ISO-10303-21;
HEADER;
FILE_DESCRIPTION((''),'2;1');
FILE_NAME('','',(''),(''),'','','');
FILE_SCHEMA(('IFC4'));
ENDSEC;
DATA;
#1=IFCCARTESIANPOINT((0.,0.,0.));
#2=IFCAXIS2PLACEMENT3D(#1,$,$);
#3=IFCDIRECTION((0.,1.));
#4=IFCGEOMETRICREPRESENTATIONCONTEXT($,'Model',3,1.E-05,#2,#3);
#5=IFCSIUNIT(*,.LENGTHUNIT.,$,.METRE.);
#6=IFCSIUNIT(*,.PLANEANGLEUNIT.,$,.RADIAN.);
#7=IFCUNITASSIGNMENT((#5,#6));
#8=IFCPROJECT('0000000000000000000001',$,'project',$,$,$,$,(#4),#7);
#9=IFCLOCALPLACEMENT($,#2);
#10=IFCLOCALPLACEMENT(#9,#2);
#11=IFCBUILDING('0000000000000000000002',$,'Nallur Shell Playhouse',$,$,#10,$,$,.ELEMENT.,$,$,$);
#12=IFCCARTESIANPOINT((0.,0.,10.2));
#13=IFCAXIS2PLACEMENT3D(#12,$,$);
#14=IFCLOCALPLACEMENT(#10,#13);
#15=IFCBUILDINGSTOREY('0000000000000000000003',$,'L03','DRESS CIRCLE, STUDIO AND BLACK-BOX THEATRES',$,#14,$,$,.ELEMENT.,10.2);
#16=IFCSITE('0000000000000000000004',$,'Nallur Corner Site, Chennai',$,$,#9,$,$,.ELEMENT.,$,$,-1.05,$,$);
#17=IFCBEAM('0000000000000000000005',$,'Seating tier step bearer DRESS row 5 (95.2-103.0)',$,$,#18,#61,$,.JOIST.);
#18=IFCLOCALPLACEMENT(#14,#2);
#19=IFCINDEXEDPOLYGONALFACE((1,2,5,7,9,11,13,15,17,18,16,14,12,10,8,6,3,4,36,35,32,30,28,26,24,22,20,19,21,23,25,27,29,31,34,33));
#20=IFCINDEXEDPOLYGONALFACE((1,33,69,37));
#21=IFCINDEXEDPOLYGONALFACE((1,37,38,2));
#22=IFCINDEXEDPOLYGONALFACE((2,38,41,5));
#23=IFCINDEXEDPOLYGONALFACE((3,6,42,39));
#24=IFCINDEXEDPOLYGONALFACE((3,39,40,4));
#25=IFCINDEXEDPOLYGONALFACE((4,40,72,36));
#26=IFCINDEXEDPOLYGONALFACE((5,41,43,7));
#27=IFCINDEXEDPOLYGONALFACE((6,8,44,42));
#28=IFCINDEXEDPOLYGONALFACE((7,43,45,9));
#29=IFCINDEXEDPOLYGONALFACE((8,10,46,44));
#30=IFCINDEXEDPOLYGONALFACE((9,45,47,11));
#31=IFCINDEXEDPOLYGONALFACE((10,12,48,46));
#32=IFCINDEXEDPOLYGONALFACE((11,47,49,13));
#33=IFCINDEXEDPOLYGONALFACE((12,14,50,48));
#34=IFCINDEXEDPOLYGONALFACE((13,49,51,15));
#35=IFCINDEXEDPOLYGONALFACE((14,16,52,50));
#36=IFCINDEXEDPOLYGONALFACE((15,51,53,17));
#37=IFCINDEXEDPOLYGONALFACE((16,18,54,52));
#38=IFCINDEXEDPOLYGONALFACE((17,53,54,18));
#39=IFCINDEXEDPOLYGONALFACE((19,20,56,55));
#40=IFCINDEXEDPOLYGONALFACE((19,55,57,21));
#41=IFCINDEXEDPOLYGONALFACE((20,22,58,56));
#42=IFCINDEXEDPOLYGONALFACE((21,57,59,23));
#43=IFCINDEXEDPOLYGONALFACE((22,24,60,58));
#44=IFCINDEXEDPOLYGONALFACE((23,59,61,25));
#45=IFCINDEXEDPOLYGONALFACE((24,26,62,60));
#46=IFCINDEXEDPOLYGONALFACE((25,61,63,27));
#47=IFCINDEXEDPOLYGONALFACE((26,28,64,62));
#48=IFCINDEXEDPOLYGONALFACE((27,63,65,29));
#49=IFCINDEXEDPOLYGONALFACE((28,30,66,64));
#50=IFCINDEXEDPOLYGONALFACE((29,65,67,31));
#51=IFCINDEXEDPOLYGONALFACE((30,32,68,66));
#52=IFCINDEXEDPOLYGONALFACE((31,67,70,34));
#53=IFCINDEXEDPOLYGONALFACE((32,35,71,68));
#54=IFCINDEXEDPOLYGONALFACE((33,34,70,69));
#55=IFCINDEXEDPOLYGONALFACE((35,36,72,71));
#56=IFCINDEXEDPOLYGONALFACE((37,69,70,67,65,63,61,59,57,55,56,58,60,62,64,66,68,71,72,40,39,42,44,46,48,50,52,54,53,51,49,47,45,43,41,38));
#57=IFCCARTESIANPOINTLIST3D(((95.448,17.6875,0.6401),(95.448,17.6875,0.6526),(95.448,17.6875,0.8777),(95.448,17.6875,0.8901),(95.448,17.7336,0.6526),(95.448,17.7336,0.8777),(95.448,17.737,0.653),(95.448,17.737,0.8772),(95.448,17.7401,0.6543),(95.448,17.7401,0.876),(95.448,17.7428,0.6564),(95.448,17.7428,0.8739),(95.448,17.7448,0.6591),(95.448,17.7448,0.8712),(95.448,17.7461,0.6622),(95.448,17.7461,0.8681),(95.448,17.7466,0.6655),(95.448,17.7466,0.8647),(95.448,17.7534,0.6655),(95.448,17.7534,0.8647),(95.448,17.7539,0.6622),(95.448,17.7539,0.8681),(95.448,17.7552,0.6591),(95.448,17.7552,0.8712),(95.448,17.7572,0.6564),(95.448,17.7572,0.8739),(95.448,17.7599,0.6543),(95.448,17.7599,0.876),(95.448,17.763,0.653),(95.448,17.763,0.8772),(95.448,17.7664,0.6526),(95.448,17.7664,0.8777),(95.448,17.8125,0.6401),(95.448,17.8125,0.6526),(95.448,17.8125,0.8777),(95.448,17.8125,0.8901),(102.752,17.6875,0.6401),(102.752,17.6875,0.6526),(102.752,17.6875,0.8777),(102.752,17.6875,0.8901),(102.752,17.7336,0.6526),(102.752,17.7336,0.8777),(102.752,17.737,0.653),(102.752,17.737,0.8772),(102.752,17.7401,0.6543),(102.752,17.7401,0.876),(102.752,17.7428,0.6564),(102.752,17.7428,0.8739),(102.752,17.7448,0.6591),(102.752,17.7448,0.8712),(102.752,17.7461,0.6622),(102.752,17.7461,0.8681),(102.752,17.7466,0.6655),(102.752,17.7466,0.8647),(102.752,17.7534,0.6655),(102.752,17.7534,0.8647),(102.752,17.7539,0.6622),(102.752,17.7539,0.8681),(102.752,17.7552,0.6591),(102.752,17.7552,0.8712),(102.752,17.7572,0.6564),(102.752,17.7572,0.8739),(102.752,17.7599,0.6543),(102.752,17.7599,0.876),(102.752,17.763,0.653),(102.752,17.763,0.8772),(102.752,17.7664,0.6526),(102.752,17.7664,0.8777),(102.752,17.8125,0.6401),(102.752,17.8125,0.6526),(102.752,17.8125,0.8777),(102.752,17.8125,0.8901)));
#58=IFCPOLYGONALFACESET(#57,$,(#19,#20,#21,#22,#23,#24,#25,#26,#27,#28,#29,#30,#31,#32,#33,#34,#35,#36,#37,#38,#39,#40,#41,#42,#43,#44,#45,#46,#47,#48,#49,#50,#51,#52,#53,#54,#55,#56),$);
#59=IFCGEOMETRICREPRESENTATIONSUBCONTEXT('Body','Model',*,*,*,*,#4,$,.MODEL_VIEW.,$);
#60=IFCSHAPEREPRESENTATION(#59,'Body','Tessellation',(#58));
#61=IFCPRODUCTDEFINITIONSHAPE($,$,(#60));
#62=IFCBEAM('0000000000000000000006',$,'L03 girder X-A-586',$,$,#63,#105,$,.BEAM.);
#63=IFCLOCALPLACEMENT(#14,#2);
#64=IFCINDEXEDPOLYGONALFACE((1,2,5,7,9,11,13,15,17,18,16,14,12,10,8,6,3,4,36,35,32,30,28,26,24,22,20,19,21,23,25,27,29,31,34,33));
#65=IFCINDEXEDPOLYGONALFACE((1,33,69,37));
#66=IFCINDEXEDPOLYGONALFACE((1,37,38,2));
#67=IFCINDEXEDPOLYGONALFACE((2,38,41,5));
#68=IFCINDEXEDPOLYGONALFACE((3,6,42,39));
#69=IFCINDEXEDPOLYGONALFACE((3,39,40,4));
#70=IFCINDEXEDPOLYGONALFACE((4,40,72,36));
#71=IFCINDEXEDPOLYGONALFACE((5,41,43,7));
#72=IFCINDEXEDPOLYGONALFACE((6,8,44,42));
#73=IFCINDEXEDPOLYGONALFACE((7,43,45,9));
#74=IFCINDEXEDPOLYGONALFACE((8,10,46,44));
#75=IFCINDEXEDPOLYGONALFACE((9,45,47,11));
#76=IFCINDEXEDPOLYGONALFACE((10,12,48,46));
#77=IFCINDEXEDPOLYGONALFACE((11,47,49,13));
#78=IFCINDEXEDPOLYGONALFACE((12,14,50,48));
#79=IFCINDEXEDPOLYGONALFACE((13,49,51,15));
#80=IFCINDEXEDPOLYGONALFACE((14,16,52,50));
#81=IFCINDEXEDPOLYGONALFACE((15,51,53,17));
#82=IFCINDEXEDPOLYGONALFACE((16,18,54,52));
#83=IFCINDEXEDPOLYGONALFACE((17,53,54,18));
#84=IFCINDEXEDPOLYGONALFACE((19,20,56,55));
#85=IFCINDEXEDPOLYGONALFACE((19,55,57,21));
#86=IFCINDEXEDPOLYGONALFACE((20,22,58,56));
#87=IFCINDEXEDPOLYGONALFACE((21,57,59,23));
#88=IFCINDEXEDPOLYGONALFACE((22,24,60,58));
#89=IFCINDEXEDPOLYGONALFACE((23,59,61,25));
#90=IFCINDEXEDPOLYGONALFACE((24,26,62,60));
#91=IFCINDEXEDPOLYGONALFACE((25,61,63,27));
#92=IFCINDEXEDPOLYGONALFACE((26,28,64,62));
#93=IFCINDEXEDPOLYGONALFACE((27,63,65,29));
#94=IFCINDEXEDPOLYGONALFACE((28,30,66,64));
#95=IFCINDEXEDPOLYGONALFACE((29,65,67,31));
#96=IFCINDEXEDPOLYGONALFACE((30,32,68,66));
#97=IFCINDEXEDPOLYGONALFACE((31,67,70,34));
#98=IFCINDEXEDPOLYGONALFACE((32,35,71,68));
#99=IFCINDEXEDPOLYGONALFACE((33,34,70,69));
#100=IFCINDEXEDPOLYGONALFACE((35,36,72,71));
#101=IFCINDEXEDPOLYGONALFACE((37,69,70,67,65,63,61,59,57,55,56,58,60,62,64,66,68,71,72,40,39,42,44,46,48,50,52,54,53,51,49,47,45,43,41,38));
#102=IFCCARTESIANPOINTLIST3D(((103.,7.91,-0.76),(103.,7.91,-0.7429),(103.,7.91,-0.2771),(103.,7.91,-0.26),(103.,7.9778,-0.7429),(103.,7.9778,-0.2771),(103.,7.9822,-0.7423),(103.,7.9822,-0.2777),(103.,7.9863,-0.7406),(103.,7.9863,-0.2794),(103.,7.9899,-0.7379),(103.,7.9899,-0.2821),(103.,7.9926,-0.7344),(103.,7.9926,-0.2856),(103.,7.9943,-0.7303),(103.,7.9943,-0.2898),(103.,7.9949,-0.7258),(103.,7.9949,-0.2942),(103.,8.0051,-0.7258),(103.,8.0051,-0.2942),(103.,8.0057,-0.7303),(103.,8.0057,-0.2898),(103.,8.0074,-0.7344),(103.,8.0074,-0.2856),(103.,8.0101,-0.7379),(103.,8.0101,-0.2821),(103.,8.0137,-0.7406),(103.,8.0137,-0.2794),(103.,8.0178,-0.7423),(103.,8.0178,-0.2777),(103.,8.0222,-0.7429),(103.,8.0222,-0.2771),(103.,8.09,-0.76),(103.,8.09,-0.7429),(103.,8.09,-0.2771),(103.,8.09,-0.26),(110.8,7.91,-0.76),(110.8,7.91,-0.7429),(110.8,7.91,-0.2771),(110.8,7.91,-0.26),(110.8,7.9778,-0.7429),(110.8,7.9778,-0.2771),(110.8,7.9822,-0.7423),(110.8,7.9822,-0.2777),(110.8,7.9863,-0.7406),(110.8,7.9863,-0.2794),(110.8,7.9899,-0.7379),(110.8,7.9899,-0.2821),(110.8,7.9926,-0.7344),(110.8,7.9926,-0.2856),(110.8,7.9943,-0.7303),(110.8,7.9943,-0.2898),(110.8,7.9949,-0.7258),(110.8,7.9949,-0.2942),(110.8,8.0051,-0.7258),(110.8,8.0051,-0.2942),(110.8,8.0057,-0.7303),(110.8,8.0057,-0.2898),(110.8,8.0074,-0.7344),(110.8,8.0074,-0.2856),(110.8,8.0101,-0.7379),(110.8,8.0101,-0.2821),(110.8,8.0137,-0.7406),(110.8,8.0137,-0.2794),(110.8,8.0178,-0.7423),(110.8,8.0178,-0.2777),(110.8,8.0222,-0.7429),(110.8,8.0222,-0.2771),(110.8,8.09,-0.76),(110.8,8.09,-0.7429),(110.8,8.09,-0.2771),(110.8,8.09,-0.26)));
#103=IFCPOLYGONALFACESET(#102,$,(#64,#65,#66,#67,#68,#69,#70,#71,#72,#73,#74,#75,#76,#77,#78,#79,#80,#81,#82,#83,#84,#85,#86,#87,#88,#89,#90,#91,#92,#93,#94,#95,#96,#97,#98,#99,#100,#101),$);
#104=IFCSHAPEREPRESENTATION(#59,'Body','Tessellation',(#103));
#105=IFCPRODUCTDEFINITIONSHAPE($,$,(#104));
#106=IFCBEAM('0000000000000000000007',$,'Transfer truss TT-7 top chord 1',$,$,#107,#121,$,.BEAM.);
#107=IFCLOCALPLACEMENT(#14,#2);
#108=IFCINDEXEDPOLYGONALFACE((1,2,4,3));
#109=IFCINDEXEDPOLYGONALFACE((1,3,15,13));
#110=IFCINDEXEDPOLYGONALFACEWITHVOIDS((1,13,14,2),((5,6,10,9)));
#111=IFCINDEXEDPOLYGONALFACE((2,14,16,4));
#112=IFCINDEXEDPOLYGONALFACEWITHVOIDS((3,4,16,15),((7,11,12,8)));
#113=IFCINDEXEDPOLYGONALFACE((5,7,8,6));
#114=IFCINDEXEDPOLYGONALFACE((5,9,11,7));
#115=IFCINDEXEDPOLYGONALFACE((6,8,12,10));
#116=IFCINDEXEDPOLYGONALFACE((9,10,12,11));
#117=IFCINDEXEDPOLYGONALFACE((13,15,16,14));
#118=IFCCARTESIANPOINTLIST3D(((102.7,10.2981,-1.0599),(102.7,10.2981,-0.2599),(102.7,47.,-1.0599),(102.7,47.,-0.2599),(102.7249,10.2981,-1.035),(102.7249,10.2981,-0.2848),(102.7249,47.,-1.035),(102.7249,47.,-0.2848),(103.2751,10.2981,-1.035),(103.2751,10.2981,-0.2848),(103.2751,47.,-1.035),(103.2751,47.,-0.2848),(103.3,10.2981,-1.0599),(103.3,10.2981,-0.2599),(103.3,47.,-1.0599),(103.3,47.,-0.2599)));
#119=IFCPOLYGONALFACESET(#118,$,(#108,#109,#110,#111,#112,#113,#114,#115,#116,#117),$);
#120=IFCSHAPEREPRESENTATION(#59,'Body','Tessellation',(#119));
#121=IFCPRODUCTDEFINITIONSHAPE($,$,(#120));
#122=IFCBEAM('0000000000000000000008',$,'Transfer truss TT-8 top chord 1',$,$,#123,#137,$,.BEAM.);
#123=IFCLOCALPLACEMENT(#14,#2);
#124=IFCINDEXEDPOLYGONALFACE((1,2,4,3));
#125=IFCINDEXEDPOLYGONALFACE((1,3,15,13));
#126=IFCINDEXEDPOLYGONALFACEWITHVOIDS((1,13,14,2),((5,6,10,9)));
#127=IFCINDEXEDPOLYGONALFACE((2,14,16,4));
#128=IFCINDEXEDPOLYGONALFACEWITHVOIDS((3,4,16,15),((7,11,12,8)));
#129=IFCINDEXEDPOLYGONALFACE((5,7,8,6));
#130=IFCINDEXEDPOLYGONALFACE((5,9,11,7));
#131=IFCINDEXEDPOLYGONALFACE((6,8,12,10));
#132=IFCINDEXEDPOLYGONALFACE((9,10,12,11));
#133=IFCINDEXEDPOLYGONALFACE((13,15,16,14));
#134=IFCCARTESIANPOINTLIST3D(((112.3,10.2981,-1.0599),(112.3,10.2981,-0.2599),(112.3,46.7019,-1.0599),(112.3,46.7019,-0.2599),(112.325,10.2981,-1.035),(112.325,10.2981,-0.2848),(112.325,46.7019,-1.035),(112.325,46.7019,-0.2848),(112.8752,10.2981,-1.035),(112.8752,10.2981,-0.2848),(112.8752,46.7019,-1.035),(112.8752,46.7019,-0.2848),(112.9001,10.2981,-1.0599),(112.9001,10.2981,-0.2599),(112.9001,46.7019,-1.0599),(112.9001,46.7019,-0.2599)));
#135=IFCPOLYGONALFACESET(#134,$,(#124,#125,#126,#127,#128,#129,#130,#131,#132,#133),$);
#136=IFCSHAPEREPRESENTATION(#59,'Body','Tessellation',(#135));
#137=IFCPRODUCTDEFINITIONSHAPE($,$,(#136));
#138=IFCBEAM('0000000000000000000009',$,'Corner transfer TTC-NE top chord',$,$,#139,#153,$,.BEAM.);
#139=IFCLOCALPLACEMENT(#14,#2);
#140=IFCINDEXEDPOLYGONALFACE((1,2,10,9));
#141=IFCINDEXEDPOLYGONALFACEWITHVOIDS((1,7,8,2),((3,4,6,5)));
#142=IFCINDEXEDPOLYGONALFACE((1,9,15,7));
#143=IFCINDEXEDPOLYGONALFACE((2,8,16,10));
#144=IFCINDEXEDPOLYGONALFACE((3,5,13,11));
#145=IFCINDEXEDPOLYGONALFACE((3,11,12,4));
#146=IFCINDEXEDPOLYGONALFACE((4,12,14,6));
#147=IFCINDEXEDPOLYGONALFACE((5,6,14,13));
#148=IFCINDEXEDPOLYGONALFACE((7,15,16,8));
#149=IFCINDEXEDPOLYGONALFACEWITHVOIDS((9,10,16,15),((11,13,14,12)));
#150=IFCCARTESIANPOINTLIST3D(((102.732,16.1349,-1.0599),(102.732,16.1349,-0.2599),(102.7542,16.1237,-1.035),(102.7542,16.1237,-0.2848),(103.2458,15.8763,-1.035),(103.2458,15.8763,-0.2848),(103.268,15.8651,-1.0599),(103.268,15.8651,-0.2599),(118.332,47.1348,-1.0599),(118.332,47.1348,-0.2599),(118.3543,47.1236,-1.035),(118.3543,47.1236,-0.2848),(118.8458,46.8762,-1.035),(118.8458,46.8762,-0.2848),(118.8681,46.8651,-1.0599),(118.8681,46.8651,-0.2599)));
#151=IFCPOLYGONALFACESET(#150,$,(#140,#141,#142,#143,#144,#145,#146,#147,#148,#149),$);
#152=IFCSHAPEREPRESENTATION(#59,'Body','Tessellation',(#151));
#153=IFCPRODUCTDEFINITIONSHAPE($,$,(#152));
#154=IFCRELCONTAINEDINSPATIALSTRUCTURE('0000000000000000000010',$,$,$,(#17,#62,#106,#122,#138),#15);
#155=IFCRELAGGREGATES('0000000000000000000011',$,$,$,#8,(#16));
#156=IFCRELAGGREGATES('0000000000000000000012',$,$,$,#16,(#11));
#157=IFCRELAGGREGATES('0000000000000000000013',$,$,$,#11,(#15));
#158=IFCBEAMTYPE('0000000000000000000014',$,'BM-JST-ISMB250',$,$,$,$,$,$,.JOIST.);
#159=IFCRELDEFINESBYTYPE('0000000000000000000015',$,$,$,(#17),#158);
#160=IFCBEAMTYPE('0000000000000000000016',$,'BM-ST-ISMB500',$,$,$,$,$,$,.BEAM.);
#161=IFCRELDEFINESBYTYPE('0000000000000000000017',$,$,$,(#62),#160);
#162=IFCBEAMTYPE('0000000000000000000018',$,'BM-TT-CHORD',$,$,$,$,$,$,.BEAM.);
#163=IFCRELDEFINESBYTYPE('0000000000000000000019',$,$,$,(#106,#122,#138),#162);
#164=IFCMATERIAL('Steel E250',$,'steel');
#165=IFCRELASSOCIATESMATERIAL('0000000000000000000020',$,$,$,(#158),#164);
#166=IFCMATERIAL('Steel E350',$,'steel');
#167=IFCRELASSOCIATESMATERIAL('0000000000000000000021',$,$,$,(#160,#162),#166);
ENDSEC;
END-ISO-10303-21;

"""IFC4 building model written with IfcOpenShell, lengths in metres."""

from ifc_helpers import new_model, si_unit, direction, frame, origin, origin_2d, place, context, subcontext, project, spatial, hollow_rectangle, i_section, extrude, material, material_profile, profile_set, type_object, element, save


model = new_model("IFC4")

# Units and contexts
model_context = context("Model", 3, precision=1e-05, world=origin(), true_north=direction((0.0, 1.0)))
body_context = subcontext(model_context, "Body", "Model", "MODEL_VIEW")
ifc_project = project(units=[si_unit("LENGTHUNIT", "METRE"), si_unit("PLANEANGLEUNIT", "RADIAN")], contexts=[model_context])

# Site, building, storey
site_placement = place(None, origin())
site = spatial("IfcSite", under=ifc_project, at=site_placement, Name="Nallur Corner Site, Chennai", CompositionType="ELEMENT", RefElevation=-1.05)
building_placement = place(site_placement, origin())
building = spatial("IfcBuilding", under=site, at=building_placement, Name="Nallur Shell Playhouse", CompositionType="ELEMENT")
storey_placement = place(building_placement, frame((0.0, 0.0, 10.2)))
storey = spatial("IfcBuildingStorey", under=building, at=storey_placement, Name="L03", Description="DRESS CIRCLE, STUDIO AND BLACK-BOX THEATRES", CompositionType="ELEMENT", Elevation=10.2)

# Beams
ifc_material_1 = material(Name="Steel E250", Category="steel")
ifc_material_profile_1 = material_profile(ifc_material_1, i_section(OverallWidth=0.125, OverallDepth=0.25, WebThickness=0.0068, FlangeThickness=0.0125, FilletRadius=0.0129, at=origin_2d()), Name="ISMB 250")
ifc_profile_set_1 = profile_set([ifc_material_profile_1], Name="Steel E250")
beam_type_1 = type_object("IfcBeamType", Name="BM-JST-ISMB250", PredefinedType="JOIST", material=ifc_profile_set_1)
for number, where, z_axis, x_axis, name in (
    (1, (95.448, 17.75, 0.7651), (1.0, 0.0, 0.0), (0.0, 1.0, 0.0), "Seating tier step bearer DRESS row 5 (95.2-103.0)"),
):
    element("IfcBeam", number, at=place(storey_placement, frame(where, z_axis=z_axis, x_axis=x_axis)), inside=storey, type_object=beam_type_1, Name=name, PredefinedType="JOIST", context=body_context, shape_type="SweptSolid", body=[
        extrude(i_section(OverallWidth=0.125, OverallDepth=0.25, WebThickness=0.0068, FlangeThickness=0.0125, FilletRadius=0.0129, at=origin_2d()), origin(), (0.0, 0.0, 1.0), 7.304),
    ])
ifc_material_2 = material(Name="Steel E350", Category="steel")
ifc_material_profile_2 = material_profile(ifc_material_2, i_section(OverallWidth=0.1799, OverallDepth=0.5, WebThickness=0.0103, FlangeThickness=0.0171, FilletRadius=0.0171, at=origin_2d()), Name="ISMB 500")
ifc_profile_set_2 = profile_set([ifc_material_profile_2], Name="Steel E350")
beam_type_2 = type_object("IfcBeamType", Name="BM-ST-ISMB500", PredefinedType="BEAM", material=ifc_profile_set_2)
beam_1_placement = place(storey_placement, frame((103.0, 8.0, -0.51), z_axis=(1.0, 0.0, 0.0), x_axis=(0.0, 1.0, 0.0)))
element("IfcBeam", 2, at=beam_1_placement, inside=storey, type_object=beam_type_2, Name="L03 girder X-A-586", PredefinedType="BEAM", context=body_context, shape_type="SweptSolid", body=[
    extrude(i_section(OverallWidth=0.1799, OverallDepth=0.5, WebThickness=0.0103, FlangeThickness=0.0171, FilletRadius=0.0171, at=origin_2d()), origin(), (0.0, 0.0, 1.0), 7.8),
])
ifc_material_profile_3 = material_profile(ifc_material_2, hollow_rectangle(XDim=0.6001, YDim=0.8, WallThickness=0.0249, at=origin_2d()), Name="BOX 600x800x25")
ifc_profile_set_3 = profile_set([ifc_material_profile_3], Name="Steel E350")
beam_type_3 = type_object("IfcBeamType", Name="BM-TT-CHORD", PredefinedType="BEAM", material=ifc_profile_set_3)
beam_2_placement = place(storey_placement, frame((103.0, 10.2981, -0.6599), z_axis=(0.0, 1.0, 0.0), x_axis=(-1.0, 0.0, 0.0)))
element("IfcBeam", 3, at=beam_2_placement, inside=storey, type_object=beam_type_3, Name="Transfer truss TT-7 top chord 1", PredefinedType="BEAM", context=body_context, shape_type="SweptSolid", body=[
    extrude(hollow_rectangle(XDim=0.6001, YDim=0.8, WallThickness=0.0249, at=origin_2d()), origin(), (0.0, 0.0, 1.0), 36.7019),
])
beam_3_placement = place(storey_placement, frame((112.6001, 10.2981, -0.6599), z_axis=(0.0, 1.0, 0.0), x_axis=(-1.0, 0.0, 0.0)))
element("IfcBeam", 4, at=beam_3_placement, inside=storey, type_object=beam_type_3, Name="Transfer truss TT-8 top chord 1", PredefinedType="BEAM", context=body_context, shape_type="SweptSolid", body=[
    extrude(hollow_rectangle(XDim=0.6001, YDim=0.8, WallThickness=0.0249, at=origin_2d()), origin(), (0.0, 0.0, 1.0), 36.4038),
])
beam_4_placement = place(storey_placement, frame((103.0, 16.0, -0.6599), z_axis=(0.44952, 0.89327, 0.0), x_axis=(-0.89327, 0.44952, 0.0)))
element("IfcBeam", 5, at=beam_4_placement, inside=storey, type_object=beam_type_3, Name="Corner transfer TTC-NE top chord", PredefinedType="BEAM", context=body_context, shape_type="SweptSolid", body=[
    extrude(hollow_rectangle(XDim=0.6001, YDim=0.8, WallThickness=0.0249, at=origin_2d()), origin(), (0.0, 0.0, 1.0), 34.7039),
])

save(model, "model.ifc")
